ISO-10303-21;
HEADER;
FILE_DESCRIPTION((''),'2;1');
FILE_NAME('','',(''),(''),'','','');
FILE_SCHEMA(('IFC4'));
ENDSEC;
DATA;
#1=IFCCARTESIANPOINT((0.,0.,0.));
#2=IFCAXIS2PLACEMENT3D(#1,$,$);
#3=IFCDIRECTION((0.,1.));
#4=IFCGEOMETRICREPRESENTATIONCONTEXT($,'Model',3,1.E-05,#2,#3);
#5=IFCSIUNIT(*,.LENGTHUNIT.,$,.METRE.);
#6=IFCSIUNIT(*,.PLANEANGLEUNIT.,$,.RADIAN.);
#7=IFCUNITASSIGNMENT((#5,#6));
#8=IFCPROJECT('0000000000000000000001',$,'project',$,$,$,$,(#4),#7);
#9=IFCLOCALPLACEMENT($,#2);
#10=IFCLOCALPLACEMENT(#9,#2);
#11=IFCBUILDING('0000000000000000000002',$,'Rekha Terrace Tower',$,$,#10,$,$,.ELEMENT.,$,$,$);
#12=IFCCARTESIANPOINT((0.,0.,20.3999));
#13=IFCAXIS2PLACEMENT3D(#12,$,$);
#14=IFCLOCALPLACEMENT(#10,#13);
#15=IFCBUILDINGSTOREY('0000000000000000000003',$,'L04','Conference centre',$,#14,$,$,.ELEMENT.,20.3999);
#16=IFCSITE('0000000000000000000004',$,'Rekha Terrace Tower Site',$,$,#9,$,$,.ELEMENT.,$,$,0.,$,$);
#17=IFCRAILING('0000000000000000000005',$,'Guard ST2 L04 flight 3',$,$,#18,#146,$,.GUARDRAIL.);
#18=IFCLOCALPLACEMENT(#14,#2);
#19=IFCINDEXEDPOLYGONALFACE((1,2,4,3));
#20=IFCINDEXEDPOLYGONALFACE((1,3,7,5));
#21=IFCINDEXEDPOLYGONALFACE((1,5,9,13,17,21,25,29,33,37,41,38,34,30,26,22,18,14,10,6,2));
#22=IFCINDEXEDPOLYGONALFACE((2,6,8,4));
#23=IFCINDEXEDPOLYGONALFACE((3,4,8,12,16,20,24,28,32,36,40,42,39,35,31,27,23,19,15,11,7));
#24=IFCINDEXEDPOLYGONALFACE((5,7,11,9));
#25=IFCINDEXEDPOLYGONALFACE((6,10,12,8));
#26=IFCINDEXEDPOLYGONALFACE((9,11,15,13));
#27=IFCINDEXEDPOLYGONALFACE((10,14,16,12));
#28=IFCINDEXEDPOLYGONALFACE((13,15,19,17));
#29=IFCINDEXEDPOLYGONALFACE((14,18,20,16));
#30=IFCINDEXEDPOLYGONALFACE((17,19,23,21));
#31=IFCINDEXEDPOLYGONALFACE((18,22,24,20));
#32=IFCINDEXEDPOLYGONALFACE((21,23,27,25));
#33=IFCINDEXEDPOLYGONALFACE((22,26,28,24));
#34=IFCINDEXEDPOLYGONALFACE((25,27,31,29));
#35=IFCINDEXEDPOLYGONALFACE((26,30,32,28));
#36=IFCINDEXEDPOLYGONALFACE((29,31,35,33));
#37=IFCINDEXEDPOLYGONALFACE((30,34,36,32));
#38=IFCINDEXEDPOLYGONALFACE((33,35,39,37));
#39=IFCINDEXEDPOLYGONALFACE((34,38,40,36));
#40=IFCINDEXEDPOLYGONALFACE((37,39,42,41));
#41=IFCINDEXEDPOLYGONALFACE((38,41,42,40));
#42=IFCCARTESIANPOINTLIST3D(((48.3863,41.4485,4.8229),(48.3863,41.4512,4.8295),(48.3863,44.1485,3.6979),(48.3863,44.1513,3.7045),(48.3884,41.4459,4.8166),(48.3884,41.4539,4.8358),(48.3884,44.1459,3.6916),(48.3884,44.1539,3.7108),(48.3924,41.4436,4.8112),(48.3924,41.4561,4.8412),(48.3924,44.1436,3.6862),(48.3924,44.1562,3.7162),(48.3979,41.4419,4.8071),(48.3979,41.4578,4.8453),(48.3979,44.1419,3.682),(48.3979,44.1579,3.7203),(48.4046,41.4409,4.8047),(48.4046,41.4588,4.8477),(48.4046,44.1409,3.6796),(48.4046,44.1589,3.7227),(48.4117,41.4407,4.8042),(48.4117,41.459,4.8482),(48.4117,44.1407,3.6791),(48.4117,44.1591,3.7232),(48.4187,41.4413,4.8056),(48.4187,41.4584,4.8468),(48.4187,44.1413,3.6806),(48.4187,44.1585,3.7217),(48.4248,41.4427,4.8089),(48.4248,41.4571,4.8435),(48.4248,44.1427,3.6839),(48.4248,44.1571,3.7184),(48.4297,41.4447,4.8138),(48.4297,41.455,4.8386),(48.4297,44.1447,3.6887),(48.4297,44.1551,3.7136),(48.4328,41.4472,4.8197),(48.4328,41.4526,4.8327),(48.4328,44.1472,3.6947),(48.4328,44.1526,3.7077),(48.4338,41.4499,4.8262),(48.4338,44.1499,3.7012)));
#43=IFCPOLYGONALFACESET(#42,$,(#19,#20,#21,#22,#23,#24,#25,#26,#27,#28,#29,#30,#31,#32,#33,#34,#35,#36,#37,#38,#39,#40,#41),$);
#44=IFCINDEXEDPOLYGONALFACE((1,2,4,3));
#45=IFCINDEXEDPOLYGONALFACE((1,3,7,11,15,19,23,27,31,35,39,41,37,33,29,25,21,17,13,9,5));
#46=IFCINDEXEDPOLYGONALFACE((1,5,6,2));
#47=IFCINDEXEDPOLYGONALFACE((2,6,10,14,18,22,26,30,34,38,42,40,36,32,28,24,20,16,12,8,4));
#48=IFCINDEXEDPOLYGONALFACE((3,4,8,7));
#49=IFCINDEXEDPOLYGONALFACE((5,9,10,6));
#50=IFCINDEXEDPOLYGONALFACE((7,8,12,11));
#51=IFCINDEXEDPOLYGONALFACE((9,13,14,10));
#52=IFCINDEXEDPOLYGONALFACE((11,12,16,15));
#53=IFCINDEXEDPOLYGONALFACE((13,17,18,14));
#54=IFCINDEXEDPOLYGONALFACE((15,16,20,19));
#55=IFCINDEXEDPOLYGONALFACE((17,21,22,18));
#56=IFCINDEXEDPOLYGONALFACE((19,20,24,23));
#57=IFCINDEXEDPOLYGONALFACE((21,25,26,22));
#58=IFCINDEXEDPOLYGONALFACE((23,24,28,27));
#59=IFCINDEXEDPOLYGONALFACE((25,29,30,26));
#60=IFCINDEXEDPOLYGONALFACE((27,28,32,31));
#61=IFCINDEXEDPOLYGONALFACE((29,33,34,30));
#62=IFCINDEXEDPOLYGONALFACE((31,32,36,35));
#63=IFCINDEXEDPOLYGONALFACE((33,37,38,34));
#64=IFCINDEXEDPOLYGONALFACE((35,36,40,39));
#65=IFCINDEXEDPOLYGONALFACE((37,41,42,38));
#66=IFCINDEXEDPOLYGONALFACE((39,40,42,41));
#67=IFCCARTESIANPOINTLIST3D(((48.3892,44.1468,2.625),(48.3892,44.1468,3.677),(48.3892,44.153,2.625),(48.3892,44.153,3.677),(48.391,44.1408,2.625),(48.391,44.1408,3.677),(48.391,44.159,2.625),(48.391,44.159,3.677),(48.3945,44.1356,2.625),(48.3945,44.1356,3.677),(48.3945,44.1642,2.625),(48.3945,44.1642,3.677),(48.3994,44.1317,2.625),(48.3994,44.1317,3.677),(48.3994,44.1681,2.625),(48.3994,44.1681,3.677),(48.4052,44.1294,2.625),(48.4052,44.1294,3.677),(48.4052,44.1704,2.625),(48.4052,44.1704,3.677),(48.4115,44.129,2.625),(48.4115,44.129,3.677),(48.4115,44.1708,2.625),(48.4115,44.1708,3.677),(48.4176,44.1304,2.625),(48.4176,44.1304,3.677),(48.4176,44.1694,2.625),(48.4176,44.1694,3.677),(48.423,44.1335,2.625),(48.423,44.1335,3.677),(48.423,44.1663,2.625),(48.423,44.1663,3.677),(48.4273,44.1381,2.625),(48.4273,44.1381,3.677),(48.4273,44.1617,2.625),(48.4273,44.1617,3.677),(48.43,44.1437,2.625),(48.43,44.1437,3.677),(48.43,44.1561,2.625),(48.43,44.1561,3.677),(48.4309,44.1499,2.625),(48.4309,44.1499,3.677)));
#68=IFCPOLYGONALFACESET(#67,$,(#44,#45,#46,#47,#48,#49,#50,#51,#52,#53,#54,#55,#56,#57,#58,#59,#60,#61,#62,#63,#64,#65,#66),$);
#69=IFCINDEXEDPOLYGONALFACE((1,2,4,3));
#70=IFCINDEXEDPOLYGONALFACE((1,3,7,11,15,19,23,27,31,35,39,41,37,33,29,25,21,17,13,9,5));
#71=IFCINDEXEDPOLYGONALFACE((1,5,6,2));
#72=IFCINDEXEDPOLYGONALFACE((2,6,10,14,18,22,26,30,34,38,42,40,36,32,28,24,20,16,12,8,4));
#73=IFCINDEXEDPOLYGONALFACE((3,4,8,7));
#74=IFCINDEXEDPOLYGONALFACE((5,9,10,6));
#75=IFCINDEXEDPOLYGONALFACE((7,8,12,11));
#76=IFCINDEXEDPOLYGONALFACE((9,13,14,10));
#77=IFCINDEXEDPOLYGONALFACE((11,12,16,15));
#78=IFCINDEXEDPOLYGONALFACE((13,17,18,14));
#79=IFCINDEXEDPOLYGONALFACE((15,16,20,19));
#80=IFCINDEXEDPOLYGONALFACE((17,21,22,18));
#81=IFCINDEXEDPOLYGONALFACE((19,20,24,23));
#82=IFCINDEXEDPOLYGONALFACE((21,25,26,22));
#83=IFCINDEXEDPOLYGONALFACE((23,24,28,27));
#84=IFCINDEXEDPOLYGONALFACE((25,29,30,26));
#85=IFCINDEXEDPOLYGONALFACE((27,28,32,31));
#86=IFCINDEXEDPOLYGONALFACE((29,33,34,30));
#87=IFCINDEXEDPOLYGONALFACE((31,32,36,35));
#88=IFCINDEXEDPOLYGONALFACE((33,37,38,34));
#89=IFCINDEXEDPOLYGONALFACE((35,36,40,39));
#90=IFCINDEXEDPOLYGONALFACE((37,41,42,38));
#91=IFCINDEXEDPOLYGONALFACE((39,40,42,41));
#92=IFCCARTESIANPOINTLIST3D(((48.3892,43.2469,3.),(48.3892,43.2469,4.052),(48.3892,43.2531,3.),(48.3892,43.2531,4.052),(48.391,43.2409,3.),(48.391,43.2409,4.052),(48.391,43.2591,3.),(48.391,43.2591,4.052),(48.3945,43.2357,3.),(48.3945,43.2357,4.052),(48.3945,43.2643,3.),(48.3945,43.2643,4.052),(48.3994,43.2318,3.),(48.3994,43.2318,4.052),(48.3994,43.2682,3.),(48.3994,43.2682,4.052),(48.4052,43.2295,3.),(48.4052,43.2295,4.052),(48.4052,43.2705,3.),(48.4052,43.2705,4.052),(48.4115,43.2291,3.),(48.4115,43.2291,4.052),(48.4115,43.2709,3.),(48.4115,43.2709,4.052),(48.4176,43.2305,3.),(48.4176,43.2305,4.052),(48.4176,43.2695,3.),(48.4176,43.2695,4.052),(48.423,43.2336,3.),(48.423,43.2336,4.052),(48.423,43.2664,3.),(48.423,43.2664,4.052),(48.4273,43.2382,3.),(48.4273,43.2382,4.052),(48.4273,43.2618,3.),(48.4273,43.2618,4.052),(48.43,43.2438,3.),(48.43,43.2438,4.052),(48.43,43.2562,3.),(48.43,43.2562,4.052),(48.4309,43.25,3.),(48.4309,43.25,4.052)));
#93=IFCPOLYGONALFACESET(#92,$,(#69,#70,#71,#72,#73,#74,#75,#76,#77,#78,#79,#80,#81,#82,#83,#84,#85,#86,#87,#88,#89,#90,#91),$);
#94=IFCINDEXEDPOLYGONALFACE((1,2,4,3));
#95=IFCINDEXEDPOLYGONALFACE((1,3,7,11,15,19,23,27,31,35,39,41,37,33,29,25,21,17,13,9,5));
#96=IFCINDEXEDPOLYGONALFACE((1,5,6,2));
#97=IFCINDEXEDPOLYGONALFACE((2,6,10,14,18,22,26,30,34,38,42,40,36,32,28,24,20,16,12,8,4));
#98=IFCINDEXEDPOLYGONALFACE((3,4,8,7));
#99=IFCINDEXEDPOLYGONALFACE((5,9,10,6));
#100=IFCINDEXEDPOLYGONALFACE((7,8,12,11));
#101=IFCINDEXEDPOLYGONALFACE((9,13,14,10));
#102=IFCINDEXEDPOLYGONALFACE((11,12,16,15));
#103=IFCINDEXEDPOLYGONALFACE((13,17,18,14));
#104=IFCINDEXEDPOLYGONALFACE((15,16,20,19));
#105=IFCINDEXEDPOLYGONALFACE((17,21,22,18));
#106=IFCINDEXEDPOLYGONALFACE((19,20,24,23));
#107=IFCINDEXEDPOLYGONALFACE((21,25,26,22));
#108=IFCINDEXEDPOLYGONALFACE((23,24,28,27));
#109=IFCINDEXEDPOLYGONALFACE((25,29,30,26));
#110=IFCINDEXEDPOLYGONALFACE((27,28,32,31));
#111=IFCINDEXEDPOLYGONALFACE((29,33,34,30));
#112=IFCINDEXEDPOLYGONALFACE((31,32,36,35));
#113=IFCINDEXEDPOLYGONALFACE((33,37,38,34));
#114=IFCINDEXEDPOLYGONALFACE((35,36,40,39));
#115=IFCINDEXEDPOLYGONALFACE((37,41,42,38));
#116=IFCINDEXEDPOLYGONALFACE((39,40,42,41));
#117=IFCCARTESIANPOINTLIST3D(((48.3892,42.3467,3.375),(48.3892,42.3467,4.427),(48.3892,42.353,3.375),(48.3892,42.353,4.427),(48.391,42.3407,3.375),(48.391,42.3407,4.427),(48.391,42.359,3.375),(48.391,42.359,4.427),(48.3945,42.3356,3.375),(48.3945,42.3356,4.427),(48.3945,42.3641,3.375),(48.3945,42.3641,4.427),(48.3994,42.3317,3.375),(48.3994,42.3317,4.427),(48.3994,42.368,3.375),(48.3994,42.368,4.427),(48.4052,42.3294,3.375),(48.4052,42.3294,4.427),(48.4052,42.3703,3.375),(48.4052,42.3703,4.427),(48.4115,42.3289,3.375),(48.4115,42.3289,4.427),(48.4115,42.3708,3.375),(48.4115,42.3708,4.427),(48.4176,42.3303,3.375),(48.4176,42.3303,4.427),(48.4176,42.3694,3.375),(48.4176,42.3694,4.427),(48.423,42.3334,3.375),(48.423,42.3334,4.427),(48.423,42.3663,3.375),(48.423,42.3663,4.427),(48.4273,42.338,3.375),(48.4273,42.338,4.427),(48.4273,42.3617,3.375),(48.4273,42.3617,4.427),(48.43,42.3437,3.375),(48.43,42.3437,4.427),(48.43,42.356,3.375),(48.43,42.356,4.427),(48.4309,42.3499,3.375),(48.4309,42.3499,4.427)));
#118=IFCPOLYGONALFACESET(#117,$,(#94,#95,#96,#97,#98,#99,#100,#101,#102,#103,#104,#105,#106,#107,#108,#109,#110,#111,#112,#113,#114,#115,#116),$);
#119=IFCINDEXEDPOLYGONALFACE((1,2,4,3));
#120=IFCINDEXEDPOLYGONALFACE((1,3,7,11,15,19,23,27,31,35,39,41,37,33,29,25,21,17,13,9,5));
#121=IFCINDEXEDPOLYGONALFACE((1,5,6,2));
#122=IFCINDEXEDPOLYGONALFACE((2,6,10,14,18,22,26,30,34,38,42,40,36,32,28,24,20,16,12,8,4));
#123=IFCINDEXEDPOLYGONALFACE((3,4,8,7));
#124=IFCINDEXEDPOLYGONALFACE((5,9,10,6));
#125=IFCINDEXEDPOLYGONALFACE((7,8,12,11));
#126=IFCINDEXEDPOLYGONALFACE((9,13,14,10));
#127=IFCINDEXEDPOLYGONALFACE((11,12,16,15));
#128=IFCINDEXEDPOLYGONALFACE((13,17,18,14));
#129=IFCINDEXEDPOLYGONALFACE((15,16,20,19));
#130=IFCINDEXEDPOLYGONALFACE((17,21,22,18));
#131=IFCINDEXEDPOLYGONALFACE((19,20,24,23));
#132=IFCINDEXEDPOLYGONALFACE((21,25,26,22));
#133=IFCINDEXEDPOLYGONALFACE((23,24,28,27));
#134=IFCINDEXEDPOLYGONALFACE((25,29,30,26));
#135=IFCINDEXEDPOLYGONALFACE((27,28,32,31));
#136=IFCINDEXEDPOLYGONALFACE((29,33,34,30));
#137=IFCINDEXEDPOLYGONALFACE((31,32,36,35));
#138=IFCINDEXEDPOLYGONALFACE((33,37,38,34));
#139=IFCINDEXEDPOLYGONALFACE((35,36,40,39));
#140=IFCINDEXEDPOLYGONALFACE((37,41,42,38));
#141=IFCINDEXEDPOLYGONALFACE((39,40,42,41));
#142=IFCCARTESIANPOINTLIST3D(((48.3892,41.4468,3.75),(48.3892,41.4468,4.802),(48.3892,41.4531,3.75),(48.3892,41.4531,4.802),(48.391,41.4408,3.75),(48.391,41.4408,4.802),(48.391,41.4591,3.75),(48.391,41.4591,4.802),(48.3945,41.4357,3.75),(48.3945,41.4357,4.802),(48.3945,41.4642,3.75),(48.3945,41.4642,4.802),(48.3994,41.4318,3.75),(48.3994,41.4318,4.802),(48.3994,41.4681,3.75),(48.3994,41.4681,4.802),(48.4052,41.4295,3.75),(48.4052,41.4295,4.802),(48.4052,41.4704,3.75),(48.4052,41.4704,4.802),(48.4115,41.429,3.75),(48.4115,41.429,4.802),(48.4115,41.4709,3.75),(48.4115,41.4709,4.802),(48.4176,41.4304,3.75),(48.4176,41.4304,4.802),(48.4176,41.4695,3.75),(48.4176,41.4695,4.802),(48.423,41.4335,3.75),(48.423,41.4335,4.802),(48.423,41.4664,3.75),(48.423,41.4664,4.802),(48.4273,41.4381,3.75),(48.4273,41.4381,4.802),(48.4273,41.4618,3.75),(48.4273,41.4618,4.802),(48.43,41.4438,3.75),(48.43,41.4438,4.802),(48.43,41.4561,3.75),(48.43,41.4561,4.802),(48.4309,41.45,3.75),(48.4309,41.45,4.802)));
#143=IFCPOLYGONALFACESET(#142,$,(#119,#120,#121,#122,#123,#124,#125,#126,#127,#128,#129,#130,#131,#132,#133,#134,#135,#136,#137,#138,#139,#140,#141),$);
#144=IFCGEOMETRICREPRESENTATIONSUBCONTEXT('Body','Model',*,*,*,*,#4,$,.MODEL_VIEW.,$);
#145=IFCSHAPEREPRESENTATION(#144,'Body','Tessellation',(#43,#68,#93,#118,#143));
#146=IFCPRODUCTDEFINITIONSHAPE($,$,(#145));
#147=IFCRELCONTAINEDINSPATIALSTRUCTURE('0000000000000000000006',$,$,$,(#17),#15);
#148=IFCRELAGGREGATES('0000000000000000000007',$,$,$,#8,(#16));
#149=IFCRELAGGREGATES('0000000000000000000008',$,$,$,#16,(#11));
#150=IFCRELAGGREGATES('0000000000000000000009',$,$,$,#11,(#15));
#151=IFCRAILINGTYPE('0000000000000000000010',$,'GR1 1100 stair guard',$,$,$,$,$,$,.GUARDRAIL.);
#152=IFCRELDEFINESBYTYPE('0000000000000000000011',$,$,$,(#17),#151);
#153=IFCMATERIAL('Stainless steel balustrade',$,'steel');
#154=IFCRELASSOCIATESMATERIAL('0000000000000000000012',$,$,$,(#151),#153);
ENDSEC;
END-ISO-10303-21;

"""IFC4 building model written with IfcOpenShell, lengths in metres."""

from ifc_helpers import new_model, si_unit, direction, frame, origin, origin_2d, place, context, subcontext, project, spatial, circle, extrude, material, type_object, element, save


model = new_model("IFC4")

# Units and contexts
model_context = context("Model", 3, precision=1e-05, world=origin(), true_north=direction((0.0, 1.0)))
body_context = subcontext(model_context, "Body", "Model", "MODEL_VIEW")
ifc_project = project(units=[si_unit("LENGTHUNIT", "METRE"), si_unit("PLANEANGLEUNIT", "RADIAN")], contexts=[model_context])

# Site, building, storey
site_placement = place(None, origin())
site = spatial("IfcSite", under=ifc_project, at=site_placement, Name="Rekha Terrace Tower Site", CompositionType="ELEMENT", RefElevation=0.0)
building_placement = place(site_placement, origin())
building = spatial("IfcBuilding", under=site, at=building_placement, Name="Rekha Terrace Tower", CompositionType="ELEMENT")
storey_placement = place(building_placement, frame((0.0, 0.0, 20.3999)))
storey = spatial("IfcBuildingStorey", under=building, at=storey_placement, Name="L04", Description="Conference centre", CompositionType="ELEMENT", Elevation=20.3999)

# Railing
ifc_material_1 = material(Name="Stainless steel balustrade", Category="steel")
railing_type_1 = type_object("IfcRailingType", Name="GR1 1100 stair guard", PredefinedType="GUARDRAIL", material=ifc_material_1)
railing_1_placement = place(storey_placement, frame((48.4099, 44.1499, 2.625)))
element("IfcRailing", 1, at=railing_1_placement, inside=storey, type_object=railing_type_1, Name="Guard ST2 L04 flight 3", PredefinedType="GUARDRAIL", context=body_context, shape_type="SweptSolid", body=[
    extrude(circle(Radius=0.0239, at=origin_2d()), frame((0.0, 0.0, 1.0762), z_axis=(0.0, -0.923074, 0.384621), x_axis=(1.0, 0.0, 0.0)), (0.0, 0.0, 1.0), 2.925),
    extrude(circle(Radius=0.021, at=origin_2d()), origin(), (0.0, 0.0, 1.0), 1.052),
    extrude(circle(Radius=0.021, at=origin_2d()), frame((0.0, -0.8999, 0.375)), (0.0, 0.0, 1.0), 1.052),
    extrude(circle(Radius=0.021, at=origin_2d()), frame((0.0, -1.8, 0.75)), (0.0, 0.0, 1.0), 1.052),
    extrude(circle(Radius=0.021, at=origin_2d()), frame((0.0, -2.7, 1.125)), (0.0, 0.0, 1.0), 1.052),
])

save(model, "model.ifc")
